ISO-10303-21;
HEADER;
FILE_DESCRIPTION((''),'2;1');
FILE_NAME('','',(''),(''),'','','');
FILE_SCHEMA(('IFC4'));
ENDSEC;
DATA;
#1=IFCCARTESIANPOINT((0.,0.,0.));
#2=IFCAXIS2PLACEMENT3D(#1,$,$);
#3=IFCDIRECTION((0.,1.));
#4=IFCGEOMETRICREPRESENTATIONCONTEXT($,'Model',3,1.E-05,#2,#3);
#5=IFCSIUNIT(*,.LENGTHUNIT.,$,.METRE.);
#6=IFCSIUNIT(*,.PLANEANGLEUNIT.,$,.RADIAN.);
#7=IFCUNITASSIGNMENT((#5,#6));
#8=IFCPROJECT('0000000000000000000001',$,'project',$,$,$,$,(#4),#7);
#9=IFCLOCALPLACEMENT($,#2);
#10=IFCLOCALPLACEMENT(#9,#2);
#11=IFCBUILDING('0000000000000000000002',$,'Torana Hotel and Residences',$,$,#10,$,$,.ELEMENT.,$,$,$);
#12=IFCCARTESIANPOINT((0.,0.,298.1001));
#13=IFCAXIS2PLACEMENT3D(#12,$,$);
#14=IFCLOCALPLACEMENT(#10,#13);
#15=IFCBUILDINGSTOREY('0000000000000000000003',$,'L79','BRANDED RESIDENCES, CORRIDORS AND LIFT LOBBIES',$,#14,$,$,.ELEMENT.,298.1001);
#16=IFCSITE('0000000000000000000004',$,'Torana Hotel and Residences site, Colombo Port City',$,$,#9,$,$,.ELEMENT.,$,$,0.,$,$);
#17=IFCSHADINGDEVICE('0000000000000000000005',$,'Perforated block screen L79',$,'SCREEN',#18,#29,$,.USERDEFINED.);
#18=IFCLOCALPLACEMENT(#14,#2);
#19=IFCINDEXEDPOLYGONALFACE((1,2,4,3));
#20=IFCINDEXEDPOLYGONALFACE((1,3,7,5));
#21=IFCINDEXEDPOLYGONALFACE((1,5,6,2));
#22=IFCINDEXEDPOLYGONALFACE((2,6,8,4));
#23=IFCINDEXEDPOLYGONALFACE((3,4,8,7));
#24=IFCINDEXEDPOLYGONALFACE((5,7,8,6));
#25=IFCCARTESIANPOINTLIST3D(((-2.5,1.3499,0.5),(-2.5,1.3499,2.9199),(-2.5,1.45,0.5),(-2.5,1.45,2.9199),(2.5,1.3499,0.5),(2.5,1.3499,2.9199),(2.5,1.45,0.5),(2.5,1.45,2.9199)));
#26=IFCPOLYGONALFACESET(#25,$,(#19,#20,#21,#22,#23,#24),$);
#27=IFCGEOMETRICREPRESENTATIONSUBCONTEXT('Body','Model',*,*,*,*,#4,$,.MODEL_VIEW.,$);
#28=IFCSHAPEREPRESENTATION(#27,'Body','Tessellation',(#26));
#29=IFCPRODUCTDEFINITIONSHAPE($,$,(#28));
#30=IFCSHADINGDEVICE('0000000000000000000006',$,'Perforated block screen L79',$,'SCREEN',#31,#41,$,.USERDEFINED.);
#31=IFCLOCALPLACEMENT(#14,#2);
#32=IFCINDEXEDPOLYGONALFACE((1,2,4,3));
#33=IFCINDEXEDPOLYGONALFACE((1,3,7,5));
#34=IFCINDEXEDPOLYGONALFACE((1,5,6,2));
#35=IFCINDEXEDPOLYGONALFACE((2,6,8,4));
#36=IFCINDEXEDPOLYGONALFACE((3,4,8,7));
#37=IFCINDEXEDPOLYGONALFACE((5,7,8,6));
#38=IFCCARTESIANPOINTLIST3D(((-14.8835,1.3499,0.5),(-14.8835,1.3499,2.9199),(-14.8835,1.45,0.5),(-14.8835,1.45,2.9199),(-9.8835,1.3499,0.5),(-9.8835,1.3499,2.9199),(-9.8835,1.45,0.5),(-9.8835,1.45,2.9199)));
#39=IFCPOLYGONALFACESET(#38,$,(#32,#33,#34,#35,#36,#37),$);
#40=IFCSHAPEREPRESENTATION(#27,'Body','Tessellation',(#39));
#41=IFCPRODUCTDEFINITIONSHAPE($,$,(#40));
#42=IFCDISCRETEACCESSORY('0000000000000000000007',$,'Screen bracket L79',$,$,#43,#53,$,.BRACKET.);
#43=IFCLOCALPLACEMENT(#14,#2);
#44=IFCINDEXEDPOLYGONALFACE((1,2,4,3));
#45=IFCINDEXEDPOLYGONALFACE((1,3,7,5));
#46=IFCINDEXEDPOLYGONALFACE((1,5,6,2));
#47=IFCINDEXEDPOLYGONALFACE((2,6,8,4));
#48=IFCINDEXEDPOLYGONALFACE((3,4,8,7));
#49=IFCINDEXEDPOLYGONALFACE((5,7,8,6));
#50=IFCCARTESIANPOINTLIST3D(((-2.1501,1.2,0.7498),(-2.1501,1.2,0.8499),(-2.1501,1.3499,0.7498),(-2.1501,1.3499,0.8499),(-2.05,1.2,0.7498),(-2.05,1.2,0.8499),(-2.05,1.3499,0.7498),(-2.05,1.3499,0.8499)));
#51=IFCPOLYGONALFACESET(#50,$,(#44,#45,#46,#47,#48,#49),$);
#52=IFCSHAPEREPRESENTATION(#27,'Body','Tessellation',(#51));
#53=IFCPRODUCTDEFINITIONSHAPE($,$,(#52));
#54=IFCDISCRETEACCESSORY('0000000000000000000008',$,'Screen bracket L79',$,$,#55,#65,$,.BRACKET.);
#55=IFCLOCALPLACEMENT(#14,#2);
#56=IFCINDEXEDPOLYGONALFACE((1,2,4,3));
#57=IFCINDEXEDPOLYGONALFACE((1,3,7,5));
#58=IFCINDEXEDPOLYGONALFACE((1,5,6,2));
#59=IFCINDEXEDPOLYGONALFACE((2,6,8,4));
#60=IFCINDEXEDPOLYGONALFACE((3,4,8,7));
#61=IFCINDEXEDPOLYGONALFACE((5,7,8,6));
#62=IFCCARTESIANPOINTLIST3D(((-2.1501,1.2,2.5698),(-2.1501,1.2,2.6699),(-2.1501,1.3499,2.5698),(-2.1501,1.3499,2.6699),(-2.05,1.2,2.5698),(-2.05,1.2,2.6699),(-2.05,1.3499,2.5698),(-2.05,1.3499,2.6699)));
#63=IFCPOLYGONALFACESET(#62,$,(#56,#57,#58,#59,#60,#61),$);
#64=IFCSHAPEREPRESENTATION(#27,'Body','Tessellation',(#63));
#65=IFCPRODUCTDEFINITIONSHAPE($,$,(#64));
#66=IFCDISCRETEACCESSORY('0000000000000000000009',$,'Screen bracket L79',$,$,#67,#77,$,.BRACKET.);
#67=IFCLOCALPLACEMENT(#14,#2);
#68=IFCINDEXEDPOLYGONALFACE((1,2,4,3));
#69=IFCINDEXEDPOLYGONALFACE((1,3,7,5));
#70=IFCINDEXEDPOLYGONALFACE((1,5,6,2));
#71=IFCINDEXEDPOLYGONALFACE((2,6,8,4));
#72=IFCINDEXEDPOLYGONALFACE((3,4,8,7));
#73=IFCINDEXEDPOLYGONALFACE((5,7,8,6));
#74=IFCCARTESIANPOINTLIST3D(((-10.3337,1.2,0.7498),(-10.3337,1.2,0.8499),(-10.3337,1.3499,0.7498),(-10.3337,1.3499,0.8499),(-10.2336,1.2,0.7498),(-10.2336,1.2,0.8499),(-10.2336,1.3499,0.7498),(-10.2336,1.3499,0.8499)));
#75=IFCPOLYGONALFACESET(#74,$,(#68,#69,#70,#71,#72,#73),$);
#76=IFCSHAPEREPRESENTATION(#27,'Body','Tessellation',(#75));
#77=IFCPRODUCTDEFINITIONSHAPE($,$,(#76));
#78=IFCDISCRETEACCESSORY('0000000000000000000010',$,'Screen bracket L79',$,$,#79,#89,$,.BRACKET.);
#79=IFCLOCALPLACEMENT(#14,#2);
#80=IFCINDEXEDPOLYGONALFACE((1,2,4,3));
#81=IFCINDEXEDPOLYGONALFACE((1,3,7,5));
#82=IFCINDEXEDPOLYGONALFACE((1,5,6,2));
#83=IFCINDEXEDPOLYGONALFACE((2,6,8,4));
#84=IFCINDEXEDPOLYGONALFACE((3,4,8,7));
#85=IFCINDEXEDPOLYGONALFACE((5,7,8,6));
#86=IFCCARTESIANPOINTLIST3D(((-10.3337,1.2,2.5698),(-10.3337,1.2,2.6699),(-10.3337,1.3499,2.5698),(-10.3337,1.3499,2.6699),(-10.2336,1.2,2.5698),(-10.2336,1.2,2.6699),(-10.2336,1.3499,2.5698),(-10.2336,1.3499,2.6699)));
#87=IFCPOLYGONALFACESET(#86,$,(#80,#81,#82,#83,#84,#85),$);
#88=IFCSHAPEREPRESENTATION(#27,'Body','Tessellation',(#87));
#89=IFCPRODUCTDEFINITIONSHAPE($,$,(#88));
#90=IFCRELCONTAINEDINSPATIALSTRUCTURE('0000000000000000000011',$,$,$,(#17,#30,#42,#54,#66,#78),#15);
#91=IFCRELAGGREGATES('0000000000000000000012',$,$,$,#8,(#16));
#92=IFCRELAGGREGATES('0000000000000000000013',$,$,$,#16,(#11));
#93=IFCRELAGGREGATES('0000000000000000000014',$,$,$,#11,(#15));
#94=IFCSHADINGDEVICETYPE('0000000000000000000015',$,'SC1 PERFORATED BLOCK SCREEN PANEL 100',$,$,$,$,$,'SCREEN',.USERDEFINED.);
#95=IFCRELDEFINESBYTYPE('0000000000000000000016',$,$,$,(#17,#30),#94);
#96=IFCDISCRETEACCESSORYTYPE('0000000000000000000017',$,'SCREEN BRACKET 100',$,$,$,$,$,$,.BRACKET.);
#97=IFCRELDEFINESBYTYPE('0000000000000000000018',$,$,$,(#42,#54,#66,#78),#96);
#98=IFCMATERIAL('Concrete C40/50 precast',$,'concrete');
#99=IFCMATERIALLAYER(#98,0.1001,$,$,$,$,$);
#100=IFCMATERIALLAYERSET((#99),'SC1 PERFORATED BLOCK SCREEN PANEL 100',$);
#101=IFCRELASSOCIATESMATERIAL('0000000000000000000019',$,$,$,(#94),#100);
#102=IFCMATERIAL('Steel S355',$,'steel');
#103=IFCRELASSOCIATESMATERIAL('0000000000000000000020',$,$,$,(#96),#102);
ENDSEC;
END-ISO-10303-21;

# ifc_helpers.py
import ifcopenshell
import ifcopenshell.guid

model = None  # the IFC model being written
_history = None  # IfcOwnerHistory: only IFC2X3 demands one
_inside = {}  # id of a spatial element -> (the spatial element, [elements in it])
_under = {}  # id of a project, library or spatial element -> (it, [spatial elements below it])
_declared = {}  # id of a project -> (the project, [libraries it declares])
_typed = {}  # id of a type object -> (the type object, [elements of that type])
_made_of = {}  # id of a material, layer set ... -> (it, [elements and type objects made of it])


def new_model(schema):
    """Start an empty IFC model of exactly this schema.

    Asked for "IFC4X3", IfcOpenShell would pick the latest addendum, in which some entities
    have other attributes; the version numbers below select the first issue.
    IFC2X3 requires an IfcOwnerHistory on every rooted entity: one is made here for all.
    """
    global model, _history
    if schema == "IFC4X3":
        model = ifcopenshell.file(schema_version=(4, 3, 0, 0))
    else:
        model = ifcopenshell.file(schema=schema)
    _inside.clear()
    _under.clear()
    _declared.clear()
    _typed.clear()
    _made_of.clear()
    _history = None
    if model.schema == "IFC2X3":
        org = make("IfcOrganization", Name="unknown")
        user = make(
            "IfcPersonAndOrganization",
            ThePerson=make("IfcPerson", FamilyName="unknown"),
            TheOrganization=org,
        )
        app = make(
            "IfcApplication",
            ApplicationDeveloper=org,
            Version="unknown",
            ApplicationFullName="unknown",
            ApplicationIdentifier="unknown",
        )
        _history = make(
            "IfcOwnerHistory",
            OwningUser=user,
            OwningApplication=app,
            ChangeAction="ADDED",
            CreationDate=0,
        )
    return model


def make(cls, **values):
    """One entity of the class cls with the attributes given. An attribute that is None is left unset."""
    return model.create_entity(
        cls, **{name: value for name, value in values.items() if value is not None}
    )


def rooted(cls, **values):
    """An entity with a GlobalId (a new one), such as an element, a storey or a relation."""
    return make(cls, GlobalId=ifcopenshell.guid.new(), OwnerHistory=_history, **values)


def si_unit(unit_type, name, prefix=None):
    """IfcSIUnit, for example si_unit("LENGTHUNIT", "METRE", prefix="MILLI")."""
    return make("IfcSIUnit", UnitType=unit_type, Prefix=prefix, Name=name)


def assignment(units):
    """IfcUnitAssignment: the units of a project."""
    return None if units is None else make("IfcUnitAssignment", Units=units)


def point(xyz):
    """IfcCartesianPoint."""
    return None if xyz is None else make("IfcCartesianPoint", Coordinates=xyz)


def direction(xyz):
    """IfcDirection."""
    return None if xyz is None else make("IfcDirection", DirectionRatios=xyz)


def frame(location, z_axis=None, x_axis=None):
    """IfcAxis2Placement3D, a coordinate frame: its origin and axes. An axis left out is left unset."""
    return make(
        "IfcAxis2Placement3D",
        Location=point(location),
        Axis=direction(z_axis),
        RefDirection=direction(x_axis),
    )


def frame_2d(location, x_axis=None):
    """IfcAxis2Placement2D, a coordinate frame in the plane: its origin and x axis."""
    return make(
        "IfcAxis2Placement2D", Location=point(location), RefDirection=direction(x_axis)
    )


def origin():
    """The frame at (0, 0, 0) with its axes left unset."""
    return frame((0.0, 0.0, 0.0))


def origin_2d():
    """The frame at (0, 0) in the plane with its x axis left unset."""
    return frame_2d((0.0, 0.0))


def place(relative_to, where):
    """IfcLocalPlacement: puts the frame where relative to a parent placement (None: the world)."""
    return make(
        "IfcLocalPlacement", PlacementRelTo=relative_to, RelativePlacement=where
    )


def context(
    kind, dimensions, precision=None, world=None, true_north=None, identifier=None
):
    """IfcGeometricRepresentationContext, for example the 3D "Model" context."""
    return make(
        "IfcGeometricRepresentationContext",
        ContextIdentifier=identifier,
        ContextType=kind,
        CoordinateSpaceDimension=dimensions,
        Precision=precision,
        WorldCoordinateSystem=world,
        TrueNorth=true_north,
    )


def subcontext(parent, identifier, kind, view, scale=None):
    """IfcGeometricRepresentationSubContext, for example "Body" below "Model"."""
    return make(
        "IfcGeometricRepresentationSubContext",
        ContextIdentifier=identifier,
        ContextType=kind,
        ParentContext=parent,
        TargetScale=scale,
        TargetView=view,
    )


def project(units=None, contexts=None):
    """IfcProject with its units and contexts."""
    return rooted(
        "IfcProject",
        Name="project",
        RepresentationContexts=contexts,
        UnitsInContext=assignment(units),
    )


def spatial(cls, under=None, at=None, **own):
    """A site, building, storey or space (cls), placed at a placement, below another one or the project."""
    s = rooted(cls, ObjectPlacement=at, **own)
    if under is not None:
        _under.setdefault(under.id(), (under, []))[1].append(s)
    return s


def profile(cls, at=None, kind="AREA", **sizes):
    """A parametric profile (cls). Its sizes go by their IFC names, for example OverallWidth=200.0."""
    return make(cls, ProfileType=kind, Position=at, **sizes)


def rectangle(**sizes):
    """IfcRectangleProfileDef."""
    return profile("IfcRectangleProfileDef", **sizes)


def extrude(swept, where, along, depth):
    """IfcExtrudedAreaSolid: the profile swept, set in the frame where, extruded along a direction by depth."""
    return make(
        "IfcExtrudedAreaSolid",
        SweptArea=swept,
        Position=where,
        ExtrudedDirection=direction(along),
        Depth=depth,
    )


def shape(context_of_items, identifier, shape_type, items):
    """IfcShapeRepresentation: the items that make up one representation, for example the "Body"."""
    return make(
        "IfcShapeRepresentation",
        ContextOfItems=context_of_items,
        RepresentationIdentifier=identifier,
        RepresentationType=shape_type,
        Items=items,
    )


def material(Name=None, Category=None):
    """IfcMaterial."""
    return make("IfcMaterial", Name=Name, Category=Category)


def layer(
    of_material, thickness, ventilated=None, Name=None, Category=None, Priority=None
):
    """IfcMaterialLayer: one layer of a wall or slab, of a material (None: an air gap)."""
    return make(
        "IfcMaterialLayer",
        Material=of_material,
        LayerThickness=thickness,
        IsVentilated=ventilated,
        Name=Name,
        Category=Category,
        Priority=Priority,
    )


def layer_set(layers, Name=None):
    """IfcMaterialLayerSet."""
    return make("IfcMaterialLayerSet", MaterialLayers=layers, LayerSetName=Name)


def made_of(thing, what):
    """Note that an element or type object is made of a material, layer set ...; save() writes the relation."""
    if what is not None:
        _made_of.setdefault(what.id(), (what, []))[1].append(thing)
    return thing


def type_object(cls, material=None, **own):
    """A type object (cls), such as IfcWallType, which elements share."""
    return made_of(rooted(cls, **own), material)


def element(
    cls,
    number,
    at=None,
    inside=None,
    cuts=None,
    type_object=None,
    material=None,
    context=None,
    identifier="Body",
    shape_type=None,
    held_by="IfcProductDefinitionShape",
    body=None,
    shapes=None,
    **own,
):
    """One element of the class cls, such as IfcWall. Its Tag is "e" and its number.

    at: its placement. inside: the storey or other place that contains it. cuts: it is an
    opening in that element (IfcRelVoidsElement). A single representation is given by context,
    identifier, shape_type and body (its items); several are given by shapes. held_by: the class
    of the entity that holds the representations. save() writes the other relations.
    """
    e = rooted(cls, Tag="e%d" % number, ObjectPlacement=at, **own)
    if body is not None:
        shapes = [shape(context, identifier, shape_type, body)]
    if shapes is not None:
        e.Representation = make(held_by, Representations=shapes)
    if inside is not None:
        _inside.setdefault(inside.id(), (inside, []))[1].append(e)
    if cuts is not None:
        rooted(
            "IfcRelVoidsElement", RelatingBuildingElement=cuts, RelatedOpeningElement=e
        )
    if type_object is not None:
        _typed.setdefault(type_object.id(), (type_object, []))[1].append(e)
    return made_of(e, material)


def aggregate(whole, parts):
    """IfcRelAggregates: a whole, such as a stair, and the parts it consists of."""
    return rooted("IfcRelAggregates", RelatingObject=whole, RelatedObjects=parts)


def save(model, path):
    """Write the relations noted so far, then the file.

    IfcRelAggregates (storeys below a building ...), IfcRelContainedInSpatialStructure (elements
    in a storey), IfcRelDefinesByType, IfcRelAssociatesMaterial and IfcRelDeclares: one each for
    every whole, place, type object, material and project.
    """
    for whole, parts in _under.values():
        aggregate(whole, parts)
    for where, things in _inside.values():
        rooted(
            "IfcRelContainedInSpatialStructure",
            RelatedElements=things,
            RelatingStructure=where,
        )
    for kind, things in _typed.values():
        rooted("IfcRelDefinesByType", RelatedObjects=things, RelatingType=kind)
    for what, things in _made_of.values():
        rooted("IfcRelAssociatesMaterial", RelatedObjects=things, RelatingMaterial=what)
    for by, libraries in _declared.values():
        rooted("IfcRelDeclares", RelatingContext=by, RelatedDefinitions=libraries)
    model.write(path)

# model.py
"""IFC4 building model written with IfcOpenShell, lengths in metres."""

from ifc_helpers import new_model, si_unit, direction, frame, origin, origin_2d, place, context, subcontext, project, spatial, rectangle, extrude, material, layer, layer_set, type_object, element, save


model = new_model("IFC4")

# Units and contexts
model_context = context("Model", 3, precision=1e-05, world=origin(), true_north=direction((0.0, 1.0)))
body_context = subcontext(model_context, "Body", "Model", "MODEL_VIEW")
ifc_project = project(units=[si_unit("LENGTHUNIT", "METRE"), si_unit("PLANEANGLEUNIT", "RADIAN")], contexts=[model_context])

# Site, building, storey
site_placement = place(None, origin())
site = spatial("IfcSite", under=ifc_project, at=site_placement, Name="Torana Hotel and Residences site, Colombo Port City", CompositionType="ELEMENT", RefElevation=0.0)
building_placement = place(site_placement, origin())
building = spatial("IfcBuilding", under=site, at=building_placement, Name="Torana Hotel and Residences", CompositionType="ELEMENT")
storey_placement = place(building_placement, frame((0.0, 0.0, 298.1001)))
storey = spatial("IfcBuildingStorey", under=building, at=storey_placement, Name="L79", Description="BRANDED RESIDENCES, CORRIDORS AND LIFT LOBBIES", CompositionType="ELEMENT", Elevation=298.1001)

# Shading devices
ifc_material_1 = material(Name="Concrete C40/50 precast", Category="concrete")
ifc_layer_1 = layer(ifc_material_1, 0.1001)
ifc_layer_set_1 = layer_set([ifc_layer_1], Name="SC1 PERFORATED BLOCK SCREEN PANEL 100")
shading_device_type = type_object("IfcShadingDeviceType", Name="SC1 PERFORATED BLOCK SCREEN PANEL 100", ElementType="SCREEN", PredefinedType="USERDEFINED", material=ifc_layer_set_1)
for number, where, z_axis, x_axis, name in (
    (1, (0.0, 1.3999, 0.5), (0.0, 0.0, 1.0), (-1.0, 0.0, 0.0), "Perforated block screen L79"),
    (2, (-12.3835, 1.3999, 0.5), (0.0, 0.0, 1.0), (-1.0, 0.0, 0.0), "Perforated block screen L79"),
):
    element("IfcShadingDevice", number, at=place(storey_placement, frame(where, z_axis=z_axis, x_axis=x_axis)), inside=storey, type_object=shading_device_type, Name=name, ObjectType="SCREEN", PredefinedType="USERDEFINED", context=body_context, shape_type="SweptSolid", body=[
        extrude(rectangle(XDim=5.0, YDim=0.1001, at=origin_2d()), origin(), (0.0, 0.0, 1.0), 2.4199),
    ])

# Discrete accessories
ifc_material_2 = material(Name="Steel S355", Category="steel")
discrete_accessory_type = type_object("IfcDiscreteAccessoryType", Name="SCREEN BRACKET 100", PredefinedType="BRACKET", material=ifc_material_2)
for number, where, z_axis, x_axis, name in (
    (3, (-2.1001, 1.2749, 0.7498), (0.0, 0.0, 1.0), (-1.0, 0.0, 0.0), "Screen bracket L79"),
    (4, (-2.1001, 1.2749, 2.5698), (0.0, 0.0, 1.0), (-1.0, 0.0, 0.0), "Screen bracket L79"),
    (5, (-10.2837, 1.2749, 0.7498), (0.0, 0.0, 1.0), (-1.0, 0.0, 0.0), "Screen bracket L79"),
    (6, (-10.2837, 1.2749, 2.5698), (0.0, 0.0, 1.0), (-1.0, 0.0, 0.0), "Screen bracket L79"),
):
    element("IfcDiscreteAccessory", number, at=place(storey_placement, frame(where, z_axis=z_axis, x_axis=x_axis)), inside=storey, type_object=discrete_accessory_type, Name=name, PredefinedType="BRACKET", context=body_context, shape_type="SweptSolid", body=[
        extrude(rectangle(XDim=0.1001, YDim=0.1499, at=origin_2d()), origin(), (0.0, 0.0, 1.0), 0.1001),
    ])

save(model, "model.ifc")
